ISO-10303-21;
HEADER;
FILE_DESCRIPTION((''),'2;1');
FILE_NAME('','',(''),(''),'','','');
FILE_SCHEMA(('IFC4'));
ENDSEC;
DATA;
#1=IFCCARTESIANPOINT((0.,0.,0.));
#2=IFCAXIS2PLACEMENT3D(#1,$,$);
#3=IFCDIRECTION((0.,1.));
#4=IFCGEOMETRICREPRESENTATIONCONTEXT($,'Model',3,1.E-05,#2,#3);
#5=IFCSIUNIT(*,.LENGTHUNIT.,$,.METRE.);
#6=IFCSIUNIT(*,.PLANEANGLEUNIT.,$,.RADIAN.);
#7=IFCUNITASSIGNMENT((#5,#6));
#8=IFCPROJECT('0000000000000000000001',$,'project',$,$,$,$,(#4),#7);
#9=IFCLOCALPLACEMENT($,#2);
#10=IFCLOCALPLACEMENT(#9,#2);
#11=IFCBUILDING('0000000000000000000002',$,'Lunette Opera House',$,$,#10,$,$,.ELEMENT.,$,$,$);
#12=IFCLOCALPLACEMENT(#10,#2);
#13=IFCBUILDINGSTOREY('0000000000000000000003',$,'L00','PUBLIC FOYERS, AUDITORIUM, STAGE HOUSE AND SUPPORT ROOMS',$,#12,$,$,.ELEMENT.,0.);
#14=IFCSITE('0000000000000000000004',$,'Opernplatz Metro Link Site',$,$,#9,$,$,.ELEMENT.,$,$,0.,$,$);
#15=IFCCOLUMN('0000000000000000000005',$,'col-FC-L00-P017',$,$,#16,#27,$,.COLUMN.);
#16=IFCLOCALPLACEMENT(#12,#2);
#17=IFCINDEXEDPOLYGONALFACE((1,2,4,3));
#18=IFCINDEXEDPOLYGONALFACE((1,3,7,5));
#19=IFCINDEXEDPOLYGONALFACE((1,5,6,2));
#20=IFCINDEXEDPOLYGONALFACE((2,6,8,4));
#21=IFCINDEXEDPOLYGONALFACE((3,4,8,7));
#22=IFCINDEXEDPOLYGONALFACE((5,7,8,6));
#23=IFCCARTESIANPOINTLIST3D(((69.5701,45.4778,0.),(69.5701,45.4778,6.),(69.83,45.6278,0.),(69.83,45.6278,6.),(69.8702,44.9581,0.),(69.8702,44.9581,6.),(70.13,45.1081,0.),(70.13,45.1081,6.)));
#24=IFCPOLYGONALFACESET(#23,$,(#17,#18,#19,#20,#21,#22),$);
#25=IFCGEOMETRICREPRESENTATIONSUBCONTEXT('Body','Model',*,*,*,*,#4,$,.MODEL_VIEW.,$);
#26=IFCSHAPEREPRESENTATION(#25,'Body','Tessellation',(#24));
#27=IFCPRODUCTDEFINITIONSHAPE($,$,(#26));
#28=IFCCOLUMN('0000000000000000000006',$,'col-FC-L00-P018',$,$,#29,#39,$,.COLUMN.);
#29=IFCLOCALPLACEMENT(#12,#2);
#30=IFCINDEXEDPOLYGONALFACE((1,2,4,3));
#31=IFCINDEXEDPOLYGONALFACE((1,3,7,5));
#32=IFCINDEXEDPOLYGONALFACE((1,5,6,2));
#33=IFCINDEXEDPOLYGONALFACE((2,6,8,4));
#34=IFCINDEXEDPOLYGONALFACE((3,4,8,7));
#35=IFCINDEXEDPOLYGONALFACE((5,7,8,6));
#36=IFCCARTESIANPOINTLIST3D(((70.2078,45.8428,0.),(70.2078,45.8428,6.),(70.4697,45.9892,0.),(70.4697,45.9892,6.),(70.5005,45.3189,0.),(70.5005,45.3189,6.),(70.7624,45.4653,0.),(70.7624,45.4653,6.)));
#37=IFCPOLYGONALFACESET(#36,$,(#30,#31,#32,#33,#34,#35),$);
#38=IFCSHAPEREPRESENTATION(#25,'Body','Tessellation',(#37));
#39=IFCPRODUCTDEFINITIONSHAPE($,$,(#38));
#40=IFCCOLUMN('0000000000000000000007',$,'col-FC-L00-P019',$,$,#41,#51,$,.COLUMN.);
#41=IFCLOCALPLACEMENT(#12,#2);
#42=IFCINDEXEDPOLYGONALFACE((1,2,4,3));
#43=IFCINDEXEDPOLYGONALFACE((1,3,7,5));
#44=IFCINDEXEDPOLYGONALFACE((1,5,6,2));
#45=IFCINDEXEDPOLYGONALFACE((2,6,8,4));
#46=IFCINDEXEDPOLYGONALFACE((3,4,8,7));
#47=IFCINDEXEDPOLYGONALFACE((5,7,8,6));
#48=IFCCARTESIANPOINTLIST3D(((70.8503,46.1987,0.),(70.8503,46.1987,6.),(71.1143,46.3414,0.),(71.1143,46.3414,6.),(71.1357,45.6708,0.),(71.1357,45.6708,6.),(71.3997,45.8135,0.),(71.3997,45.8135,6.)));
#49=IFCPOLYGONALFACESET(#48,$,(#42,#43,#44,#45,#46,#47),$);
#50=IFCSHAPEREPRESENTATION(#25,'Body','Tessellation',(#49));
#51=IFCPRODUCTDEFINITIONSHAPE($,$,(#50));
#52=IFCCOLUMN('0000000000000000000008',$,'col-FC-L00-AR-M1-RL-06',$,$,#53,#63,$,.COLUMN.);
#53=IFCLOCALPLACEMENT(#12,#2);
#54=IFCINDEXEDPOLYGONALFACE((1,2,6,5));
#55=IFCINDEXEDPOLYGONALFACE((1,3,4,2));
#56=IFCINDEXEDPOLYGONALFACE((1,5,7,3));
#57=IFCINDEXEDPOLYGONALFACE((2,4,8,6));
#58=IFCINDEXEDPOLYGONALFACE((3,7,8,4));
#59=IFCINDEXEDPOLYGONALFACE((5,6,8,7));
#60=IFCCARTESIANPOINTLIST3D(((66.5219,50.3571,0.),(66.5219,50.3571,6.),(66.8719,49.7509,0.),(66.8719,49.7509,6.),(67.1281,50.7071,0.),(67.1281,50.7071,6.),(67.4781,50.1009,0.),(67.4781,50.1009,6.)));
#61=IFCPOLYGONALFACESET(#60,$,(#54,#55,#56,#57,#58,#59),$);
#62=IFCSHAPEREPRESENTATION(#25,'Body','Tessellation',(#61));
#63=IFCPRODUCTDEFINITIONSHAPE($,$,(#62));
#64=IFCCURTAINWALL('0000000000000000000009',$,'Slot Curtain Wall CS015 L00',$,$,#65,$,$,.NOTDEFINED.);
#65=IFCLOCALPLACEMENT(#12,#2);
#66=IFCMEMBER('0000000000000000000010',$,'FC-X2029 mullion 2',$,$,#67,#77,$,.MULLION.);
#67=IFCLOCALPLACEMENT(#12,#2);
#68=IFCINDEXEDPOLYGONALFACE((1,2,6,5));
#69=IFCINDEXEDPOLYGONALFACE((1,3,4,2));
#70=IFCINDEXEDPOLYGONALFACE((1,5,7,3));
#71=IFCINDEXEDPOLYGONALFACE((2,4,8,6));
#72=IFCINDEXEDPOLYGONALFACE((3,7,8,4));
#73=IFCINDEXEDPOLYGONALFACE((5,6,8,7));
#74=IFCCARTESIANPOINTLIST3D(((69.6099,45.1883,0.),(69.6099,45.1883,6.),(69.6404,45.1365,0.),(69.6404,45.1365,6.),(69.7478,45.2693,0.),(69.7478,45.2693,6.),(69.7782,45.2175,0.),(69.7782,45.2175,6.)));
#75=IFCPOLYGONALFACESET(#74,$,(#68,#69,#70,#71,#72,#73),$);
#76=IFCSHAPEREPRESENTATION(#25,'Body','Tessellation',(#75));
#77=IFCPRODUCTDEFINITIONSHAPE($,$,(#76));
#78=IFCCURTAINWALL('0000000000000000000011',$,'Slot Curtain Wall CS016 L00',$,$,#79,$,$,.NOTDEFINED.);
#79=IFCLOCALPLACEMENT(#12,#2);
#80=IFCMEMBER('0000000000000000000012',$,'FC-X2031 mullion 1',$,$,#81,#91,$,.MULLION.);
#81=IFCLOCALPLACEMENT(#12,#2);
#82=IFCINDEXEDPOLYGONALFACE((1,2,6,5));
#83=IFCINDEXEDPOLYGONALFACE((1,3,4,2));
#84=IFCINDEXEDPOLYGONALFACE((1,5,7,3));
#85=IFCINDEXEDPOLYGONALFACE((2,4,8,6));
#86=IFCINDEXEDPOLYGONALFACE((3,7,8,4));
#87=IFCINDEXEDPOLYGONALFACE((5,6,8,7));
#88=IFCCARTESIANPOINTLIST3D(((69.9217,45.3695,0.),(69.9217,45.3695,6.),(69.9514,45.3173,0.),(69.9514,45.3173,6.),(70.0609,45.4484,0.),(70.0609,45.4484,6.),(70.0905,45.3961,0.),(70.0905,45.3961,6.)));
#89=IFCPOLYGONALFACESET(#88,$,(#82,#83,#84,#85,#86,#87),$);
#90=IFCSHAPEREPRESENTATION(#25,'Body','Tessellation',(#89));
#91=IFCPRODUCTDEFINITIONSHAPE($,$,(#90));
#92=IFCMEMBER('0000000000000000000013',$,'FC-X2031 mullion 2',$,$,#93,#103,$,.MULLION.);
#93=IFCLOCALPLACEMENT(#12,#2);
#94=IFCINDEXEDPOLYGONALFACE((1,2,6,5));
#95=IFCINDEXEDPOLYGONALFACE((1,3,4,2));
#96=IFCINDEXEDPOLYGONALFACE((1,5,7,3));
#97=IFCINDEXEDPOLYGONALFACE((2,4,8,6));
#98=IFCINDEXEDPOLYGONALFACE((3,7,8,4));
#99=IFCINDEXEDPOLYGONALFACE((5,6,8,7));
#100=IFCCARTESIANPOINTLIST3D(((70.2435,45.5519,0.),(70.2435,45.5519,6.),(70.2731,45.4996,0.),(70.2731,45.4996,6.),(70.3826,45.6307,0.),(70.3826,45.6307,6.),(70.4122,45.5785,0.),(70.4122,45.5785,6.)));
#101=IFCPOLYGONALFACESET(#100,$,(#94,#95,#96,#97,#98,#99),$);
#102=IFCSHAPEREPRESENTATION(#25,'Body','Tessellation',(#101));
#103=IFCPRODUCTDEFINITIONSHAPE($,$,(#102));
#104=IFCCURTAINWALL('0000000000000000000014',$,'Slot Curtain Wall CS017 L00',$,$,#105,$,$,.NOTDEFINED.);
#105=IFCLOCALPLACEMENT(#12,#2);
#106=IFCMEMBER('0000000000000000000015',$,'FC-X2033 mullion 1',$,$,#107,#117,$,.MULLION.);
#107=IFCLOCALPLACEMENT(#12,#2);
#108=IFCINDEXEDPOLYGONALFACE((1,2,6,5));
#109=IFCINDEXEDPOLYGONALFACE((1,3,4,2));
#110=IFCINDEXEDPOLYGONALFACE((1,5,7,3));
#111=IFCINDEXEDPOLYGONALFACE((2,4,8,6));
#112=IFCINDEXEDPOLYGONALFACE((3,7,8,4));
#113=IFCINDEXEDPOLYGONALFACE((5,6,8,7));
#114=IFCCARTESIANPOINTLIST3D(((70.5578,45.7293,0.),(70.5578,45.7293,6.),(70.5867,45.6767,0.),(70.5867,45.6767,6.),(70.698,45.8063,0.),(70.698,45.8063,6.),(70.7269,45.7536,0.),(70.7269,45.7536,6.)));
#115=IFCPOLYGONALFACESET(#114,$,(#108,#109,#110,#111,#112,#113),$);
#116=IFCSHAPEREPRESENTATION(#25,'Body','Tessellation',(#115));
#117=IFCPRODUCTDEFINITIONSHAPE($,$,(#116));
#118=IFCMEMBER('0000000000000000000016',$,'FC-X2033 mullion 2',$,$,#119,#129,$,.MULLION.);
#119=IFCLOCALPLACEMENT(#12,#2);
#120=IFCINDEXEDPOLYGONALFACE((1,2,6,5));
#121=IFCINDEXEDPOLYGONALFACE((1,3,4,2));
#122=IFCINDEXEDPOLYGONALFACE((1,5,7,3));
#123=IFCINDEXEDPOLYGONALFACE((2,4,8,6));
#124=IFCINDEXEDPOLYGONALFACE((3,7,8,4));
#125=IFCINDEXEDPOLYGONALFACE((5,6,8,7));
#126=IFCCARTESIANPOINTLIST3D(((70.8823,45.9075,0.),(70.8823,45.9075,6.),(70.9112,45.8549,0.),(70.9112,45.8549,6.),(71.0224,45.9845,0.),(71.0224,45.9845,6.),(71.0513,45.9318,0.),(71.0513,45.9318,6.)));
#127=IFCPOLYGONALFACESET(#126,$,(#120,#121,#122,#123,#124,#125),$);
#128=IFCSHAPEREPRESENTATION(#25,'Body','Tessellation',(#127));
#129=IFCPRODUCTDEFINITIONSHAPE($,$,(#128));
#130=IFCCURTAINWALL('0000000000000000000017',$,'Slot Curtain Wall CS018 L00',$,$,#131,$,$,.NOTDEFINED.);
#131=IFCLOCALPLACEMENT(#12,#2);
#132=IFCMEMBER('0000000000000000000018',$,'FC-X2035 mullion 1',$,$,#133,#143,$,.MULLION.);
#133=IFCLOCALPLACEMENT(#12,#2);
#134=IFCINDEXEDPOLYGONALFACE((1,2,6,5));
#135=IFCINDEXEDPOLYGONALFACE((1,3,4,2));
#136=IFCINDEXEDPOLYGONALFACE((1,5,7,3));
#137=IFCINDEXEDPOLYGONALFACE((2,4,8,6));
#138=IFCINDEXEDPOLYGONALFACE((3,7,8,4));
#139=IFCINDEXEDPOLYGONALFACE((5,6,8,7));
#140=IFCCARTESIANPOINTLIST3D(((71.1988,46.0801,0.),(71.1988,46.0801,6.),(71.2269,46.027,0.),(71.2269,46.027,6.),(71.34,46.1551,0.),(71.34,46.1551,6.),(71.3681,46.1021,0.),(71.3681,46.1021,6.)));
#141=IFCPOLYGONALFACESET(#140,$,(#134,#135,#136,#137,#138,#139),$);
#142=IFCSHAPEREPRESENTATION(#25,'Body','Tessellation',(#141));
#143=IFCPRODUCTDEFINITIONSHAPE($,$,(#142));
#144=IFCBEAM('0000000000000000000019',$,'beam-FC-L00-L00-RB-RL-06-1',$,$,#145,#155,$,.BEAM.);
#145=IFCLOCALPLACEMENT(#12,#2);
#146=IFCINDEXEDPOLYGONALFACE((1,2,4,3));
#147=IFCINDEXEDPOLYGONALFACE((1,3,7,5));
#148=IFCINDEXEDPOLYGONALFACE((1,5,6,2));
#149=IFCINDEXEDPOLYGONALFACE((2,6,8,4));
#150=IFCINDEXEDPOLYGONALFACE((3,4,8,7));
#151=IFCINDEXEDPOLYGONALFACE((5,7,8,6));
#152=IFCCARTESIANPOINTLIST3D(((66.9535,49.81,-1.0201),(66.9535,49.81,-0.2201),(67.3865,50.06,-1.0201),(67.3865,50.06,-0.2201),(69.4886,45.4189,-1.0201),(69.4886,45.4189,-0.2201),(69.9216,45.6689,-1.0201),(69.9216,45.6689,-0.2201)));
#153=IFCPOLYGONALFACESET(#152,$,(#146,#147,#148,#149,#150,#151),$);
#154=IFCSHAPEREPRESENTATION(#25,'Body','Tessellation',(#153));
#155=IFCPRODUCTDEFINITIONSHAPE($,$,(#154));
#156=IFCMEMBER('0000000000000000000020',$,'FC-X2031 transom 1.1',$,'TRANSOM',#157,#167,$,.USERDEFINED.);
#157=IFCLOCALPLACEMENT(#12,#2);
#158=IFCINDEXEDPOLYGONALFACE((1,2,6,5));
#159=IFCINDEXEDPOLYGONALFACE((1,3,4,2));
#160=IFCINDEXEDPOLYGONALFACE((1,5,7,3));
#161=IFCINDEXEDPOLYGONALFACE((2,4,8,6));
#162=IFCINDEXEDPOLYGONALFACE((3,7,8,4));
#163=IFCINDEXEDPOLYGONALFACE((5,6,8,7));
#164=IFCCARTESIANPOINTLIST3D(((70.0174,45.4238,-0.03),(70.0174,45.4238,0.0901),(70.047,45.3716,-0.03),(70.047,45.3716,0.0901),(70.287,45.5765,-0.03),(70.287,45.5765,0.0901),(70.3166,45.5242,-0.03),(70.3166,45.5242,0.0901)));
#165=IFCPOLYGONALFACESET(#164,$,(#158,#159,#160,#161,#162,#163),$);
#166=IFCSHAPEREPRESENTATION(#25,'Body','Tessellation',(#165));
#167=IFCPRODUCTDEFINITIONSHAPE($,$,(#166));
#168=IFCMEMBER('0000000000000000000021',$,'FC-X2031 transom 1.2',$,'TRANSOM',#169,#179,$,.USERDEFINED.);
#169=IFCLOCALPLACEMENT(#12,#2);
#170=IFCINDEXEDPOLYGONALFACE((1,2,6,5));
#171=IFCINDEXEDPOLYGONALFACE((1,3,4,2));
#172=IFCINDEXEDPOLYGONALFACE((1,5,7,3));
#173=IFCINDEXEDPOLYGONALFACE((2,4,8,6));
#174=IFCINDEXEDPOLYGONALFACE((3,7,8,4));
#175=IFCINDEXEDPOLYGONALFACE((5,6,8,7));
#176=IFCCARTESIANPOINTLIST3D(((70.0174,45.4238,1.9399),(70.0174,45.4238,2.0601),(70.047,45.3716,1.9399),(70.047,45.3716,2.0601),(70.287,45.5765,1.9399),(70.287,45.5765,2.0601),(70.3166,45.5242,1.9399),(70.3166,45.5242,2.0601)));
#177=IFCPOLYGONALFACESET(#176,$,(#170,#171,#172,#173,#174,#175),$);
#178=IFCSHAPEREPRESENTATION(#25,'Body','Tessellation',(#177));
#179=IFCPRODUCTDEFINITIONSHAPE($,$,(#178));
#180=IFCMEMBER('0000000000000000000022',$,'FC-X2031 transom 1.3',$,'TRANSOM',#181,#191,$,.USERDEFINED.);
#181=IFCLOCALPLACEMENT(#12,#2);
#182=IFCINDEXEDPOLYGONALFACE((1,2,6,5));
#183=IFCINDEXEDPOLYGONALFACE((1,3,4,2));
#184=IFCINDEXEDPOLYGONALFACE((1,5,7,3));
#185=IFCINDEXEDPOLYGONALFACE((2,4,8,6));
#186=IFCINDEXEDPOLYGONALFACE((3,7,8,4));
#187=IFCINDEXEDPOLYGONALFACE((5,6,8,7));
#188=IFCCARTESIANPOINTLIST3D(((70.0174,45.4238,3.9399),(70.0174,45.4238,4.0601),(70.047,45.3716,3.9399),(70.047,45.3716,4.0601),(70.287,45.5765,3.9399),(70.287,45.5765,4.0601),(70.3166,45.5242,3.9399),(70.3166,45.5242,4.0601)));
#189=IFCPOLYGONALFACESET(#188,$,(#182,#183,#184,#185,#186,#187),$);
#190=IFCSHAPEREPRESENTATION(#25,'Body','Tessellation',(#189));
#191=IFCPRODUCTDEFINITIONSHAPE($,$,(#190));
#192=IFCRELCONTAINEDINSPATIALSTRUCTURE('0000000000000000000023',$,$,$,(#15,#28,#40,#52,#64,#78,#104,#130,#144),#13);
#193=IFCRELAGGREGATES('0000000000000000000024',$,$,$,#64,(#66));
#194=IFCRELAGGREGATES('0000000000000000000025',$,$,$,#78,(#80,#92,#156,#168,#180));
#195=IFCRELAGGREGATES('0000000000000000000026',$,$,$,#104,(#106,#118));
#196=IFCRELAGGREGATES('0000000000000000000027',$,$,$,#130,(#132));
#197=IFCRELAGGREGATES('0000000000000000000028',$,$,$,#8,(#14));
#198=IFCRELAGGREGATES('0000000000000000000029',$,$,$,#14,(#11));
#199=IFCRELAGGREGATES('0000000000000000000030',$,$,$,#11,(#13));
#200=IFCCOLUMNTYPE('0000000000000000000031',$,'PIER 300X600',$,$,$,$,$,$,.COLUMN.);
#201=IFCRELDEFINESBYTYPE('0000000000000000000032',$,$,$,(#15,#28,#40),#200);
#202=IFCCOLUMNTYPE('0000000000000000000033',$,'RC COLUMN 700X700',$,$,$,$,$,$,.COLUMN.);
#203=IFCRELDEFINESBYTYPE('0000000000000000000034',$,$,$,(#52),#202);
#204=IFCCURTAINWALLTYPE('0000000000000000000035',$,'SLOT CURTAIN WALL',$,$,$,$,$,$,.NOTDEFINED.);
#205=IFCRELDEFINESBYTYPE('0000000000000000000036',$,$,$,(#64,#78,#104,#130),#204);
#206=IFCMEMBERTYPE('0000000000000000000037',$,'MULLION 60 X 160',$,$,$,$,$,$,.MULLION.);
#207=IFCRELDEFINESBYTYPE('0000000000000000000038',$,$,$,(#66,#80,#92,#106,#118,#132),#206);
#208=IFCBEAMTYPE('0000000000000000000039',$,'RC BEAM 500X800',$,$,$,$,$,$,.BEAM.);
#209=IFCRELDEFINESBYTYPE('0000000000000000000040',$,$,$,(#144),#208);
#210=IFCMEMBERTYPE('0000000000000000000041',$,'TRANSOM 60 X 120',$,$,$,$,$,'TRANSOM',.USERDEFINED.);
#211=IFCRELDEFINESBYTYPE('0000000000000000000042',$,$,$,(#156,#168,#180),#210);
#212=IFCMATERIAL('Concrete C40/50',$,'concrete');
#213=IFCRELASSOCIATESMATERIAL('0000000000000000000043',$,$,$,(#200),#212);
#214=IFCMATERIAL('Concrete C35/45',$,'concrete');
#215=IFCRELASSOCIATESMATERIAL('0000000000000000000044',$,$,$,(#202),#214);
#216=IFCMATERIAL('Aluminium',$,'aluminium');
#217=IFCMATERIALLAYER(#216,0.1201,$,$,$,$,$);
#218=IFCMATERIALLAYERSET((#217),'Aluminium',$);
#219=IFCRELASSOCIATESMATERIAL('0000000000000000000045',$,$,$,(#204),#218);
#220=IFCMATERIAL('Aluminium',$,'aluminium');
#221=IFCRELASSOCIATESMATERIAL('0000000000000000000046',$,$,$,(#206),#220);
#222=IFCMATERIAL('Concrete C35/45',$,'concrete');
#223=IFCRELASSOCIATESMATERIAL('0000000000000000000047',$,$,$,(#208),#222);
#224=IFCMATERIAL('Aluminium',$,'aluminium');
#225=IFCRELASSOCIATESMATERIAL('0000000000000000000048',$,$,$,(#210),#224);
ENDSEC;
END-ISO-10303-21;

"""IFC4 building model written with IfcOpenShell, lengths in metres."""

from ifc_helpers import new_model, si_unit, direction, frame, origin, origin_2d, place, context, subcontext, project, spatial, rectangle, extrude, material, layer, layer_set, material_profile, profile_set, type_object, element, aggregate, save


model = new_model("IFC4")

# Units and contexts
model_context = context("Model", 3, precision=1e-05, world=origin(), true_north=direction((0.0, 1.0)))
body_context = subcontext(model_context, "Body", "Model", "MODEL_VIEW")
ifc_project = project(units=[si_unit("LENGTHUNIT", "METRE"), si_unit("PLANEANGLEUNIT", "RADIAN")], contexts=[model_context])

# Site, building, storey
site_placement = place(None, origin())
site = spatial("IfcSite", under=ifc_project, at=site_placement, Name="Opernplatz Metro Link Site", CompositionType="ELEMENT", RefElevation=0.0)
building_placement = place(site_placement, origin())
building = spatial("IfcBuilding", under=site, at=building_placement, Name="Lunette Opera House", CompositionType="ELEMENT")
storey_placement = place(building_placement, origin())
storey = spatial("IfcBuildingStorey", under=building, at=storey_placement, Name="L00", Description="PUBLIC FOYERS, AUDITORIUM, STAGE HOUSE AND SUPPORT ROOMS", CompositionType="ELEMENT", Elevation=0.0)

# Columns
ifc_material_1 = material(Name="Concrete C40/50", Category="concrete")
ifc_material_profile_1 = material_profile(ifc_material_1, rectangle(XDim=0.3, YDim=0.6001, at=origin_2d()), Name="PIER 300X600")
ifc_profile_set_1 = profile_set([ifc_material_profile_1], Name="Concrete C40/50")
column_type_1 = type_object("IfcColumnType", Name="PIER 300X600", PredefinedType="COLUMN", material=ifc_profile_set_1)
for number, where, z_axis, x_axis, name in (
    (1, (69.8501, 45.293, 0.0), (0.0, 0.0, 1.0), (0.866025, 0.5, 0.0), "col-FC-L00-P017"),
    (2, (70.4851, 45.6541, 0.0), (0.0, 0.0, 1.0), (0.872922, 0.48786, 0.0), "col-FC-L00-P018"),
    (3, (71.125, 46.0061, 0.0), (0.0, 0.0, 1.0), (0.879649, 0.475624, 0.0), "col-FC-L00-P019"),
):
    element("IfcColumn", number, at=place(storey_placement, frame(where, z_axis=z_axis, x_axis=x_axis)), inside=storey, type_object=column_type_1, Name=name, PredefinedType="COLUMN", context=body_context, shape_type="SweptSolid", body=[
        extrude(rectangle(XDim=0.3, YDim=0.6001, at=origin_2d()), origin(), (0.0, 0.0, 1.0), 6.0),
    ])
ifc_material_2 = material(Name="Concrete C35/45", Category="concrete")
ifc_material_profile_2 = material_profile(ifc_material_2, rectangle(XDim=0.7, YDim=0.7, at=origin_2d()), Name="RC COLUMN 700X700")
ifc_profile_set_2 = profile_set([ifc_material_profile_2], Name="Concrete C35/45")
column_type_2 = type_object("IfcColumnType", Name="RC COLUMN 700X700", PredefinedType="COLUMN", material=ifc_profile_set_2)
column_placement = place(storey_placement, frame((67.0, 50.229, 0.0), z_axis=(0.0, 0.0, 1.0), x_axis=(0.866025, 0.5, 0.0)))
element("IfcColumn", 4, at=column_placement, inside=storey, type_object=column_type_2, Name="col-FC-L00-AR-M1-RL-06", PredefinedType="COLUMN", context=body_context, shape_type="SweptSolid", body=[
    extrude(rectangle(XDim=0.7, YDim=0.7, at=origin_2d()), origin(), (0.0, 0.0, 1.0), 6.0),
])

# Curtain wall, member
ifc_material_3 = material(Name="Aluminium", Category="aluminium")
ifc_layer_1 = layer(ifc_material_3, 0.1201)
ifc_layer_set_1 = layer_set([ifc_layer_1], Name="Aluminium")
curtain_wall_type = type_object("IfcCurtainWallType", Name="SLOT CURTAIN WALL", PredefinedType="NOTDEFINED", material=ifc_layer_set_1)
curtain_wall_1_placement = place(storey_placement, origin())
curtain_wall_1 = element("IfcCurtainWall", 5, at=curtain_wall_1_placement, inside=storey, type_object=curtain_wall_type, Name="Slot Curtain Wall CS015 L00", PredefinedType="NOTDEFINED")
ifc_material_4 = material(Name="Aluminium", Category="aluminium")
ifc_material_profile_3 = material_profile(ifc_material_4, rectangle(XDim=0.0601, YDim=0.1599, at=origin_2d()), Name="MULLION 60 X 160")
ifc_profile_set_3 = profile_set([ifc_material_profile_3], Name="Aluminium")
member_type_1 = type_object("IfcMemberType", Name="MULLION 60 X 160", PredefinedType="MULLION", material=ifc_profile_set_3)
member_1_placement = place(storey_placement, frame((69.6941, 45.2029, 0.0), z_axis=(0.0, 0.0, 1.0), x_axis=(-0.506614, 0.862173, 0.0)))
member_1 = element("IfcMember", 6, at=member_1_placement, type_object=member_type_1, Name="FC-X2029 mullion 2", PredefinedType="MULLION", context=body_context, shape_type="SweptSolid", body=[
    extrude(rectangle(XDim=0.0601, YDim=0.1599, at=origin_2d()), origin(), (0.0, 0.0, 1.0), 6.0),
])
aggregate(curtain_wall_1, [member_1])

# Curtain walls, members
curtain_wall_2_placement = place(storey_placement, origin())
curtain_wall_2 = element("IfcCurtainWall", 7, at=curtain_wall_2_placement, inside=storey, type_object=curtain_wall_type, Name="Slot Curtain Wall CS016 L00", PredefinedType="NOTDEFINED")
member_2_placement = place(storey_placement, frame((70.0061, 45.3828, 0.0), z_axis=(0.0, 0.0, 1.0), x_axis=(-0.49313, 0.869956, 0.0)))
member_2 = element("IfcMember", 8, at=member_2_placement, type_object=member_type_1, Name="FC-X2031 mullion 1", PredefinedType="MULLION", context=body_context, shape_type="SweptSolid", body=[
    extrude(rectangle(XDim=0.0601, YDim=0.1599, at=origin_2d()), origin(), (0.0, 0.0, 1.0), 6.0),
])
member_3_placement = place(storey_placement, frame((70.3279, 45.5652, 0.0), z_axis=(0.0, 0.0, 1.0), x_axis=(-0.49313, 0.869956, 0.0)))
member_3 = element("IfcMember", 9, at=member_3_placement, type_object=member_type_1, Name="FC-X2031 mullion 2", PredefinedType="MULLION", context=body_context, shape_type="SweptSolid", body=[
    extrude(rectangle(XDim=0.0601, YDim=0.1599, at=origin_2d()), origin(), (0.0, 0.0, 1.0), 6.0),
])
curtain_wall_3_placement = place(storey_placement, origin())
curtain_wall_3 = element("IfcCurtainWall", 10, at=curtain_wall_3_placement, inside=storey, type_object=curtain_wall_type, Name="Slot Curtain Wall CS017 L00", PredefinedType="NOTDEFINED")
member_4_placement = place(storey_placement, frame((70.6423, 45.7415, 0.0), z_axis=(0.0, 0.0, 1.0), x_axis=(-0.481294, 0.876559, 0.0)))
member_4 = element("IfcMember", 11, at=member_4_placement, type_object=member_type_1, Name="FC-X2033 mullion 1", PredefinedType="MULLION", context=body_context, shape_type="SweptSolid", body=[
    extrude(rectangle(XDim=0.0601, YDim=0.1599, at=origin_2d()), origin(), (0.0, 0.0, 1.0), 6.0),
])
member_5_placement = place(storey_placement, frame((70.9668, 45.9197, 0.0), z_axis=(0.0, 0.0, 1.0), x_axis=(-0.481294, 0.876559, 0.0)))
member_5 = element("IfcMember", 12, at=member_5_placement, type_object=member_type_1, Name="FC-X2033 mullion 2", PredefinedType="MULLION", context=body_context, shape_type="SweptSolid", body=[
    extrude(rectangle(XDim=0.0601, YDim=0.1599, at=origin_2d()), origin(), (0.0, 0.0, 1.0), 6.0),
])

# Curtain wall, member
curtain_wall_4_placement = place(storey_placement, origin())
curtain_wall_4 = element("IfcCurtainWall", 13, at=curtain_wall_4_placement, inside=storey, type_object=curtain_wall_type, Name="Slot Curtain Wall CS018 L00", PredefinedType="NOTDEFINED")
member_6_placement = place(storey_placement, frame((71.2834, 46.0911, 0.0), z_axis=(0.0, 0.0, 1.0), x_axis=(-0.469382, 0.882995, 0.0)))
member_6 = element("IfcMember", 14, at=member_6_placement, type_object=member_type_1, Name="FC-X2035 mullion 1", PredefinedType="MULLION", context=body_context, shape_type="SweptSolid", body=[
    extrude(rectangle(XDim=0.0601, YDim=0.1599, at=origin_2d()), origin(), (0.0, 0.0, 1.0), 6.0),
])

# Beam
ifc_material_5 = material(Name="Concrete C35/45", Category="concrete")
ifc_material_profile_4 = material_profile(ifc_material_5, rectangle(XDim=0.5, YDim=0.8, at=origin_2d()), Name="RC BEAM 500X800")
ifc_profile_set_4 = profile_set([ifc_material_profile_4], Name="Concrete C35/45")
beam_type = type_object("IfcBeamType", Name="RC BEAM 500X800", PredefinedType="BEAM", material=ifc_profile_set_4)
beam_placement = place(storey_placement, frame((69.7051, 45.5439, -0.6201), z_axis=(-0.499992, 0.86603, 0.0), x_axis=(-0.86603, -0.499992, 0.0)))
element("IfcBeam", 15, at=beam_placement, inside=storey, type_object=beam_type, Name="beam-FC-L00-L00-RB-RL-06-1", PredefinedType="BEAM", context=body_context, shape_type="SweptSolid", body=[
    extrude(rectangle(XDim=0.5, YDim=0.8, at=origin_2d()), origin(), (0.0, 0.0, 1.0), 5.0703),
])

# Members
ifc_material_6 = material(Name="Aluminium", Category="aluminium")
ifc_material_profile_5 = material_profile(ifc_material_6, rectangle(XDim=0.0601, YDim=0.1201, at=origin_2d()), Name="TRANSOM 60 X 120")
ifc_profile_set_5 = profile_set([ifc_material_profile_5], Name="Aluminium")
member_type_2 = type_object("IfcMemberType", Name="TRANSOM 60 X 120", ElementType="TRANSOM", PredefinedType="USERDEFINED", material=ifc_profile_set_5)
member_7_placement = place(storey_placement, frame((70.0322, 45.3977, 0.03), z_axis=(0.870225, 0.492655, 0.0), x_axis=(-0.492655, 0.870225, 0.0)))
member_7 = element("IfcMember", 16, at=member_7_placement, type_object=member_type_2, Name="FC-X2031 transom 1.1", ObjectType="TRANSOM", PredefinedType="USERDEFINED", context=body_context, shape_type="SweptSolid", body=[
    extrude(rectangle(XDim=0.0601, YDim=0.1201, at=origin_2d()), origin(), (0.0, 0.0, 1.0), 0.3098),
])
member_8_placement = place(storey_placement, frame((70.0322, 45.3977, 2.0), z_axis=(0.870225, 0.492655, 0.0), x_axis=(-0.492655, 0.870225, 0.0)))
member_8 = element("IfcMember", 17, at=member_8_placement, type_object=member_type_2, Name="FC-X2031 transom 1.2", ObjectType="TRANSOM", PredefinedType="USERDEFINED", context=body_context, shape_type="SweptSolid", body=[
    extrude(rectangle(XDim=0.0601, YDim=0.1201, at=origin_2d()), origin(), (0.0, 0.0, 1.0), 0.3098),
])
member_9_placement = place(storey_placement, frame((70.0322, 45.3977, 4.0), z_axis=(0.870225, 0.492655, 0.0), x_axis=(-0.492655, 0.870225, 0.0)))
member_9 = element("IfcMember", 18, at=member_9_placement, type_object=member_type_2, Name="FC-X2031 transom 1.3", ObjectType="TRANSOM", PredefinedType="USERDEFINED", context=body_context, shape_type="SweptSolid", body=[
    extrude(rectangle(XDim=0.0601, YDim=0.1201, at=origin_2d()), origin(), (0.0, 0.0, 1.0), 0.3098),
])

aggregate(curtain_wall_2, [member_2, member_3, member_7, member_8, member_9])
aggregate(curtain_wall_3, [member_4, member_5])
aggregate(curtain_wall_4, [member_6])

save(model, "model.ifc")
